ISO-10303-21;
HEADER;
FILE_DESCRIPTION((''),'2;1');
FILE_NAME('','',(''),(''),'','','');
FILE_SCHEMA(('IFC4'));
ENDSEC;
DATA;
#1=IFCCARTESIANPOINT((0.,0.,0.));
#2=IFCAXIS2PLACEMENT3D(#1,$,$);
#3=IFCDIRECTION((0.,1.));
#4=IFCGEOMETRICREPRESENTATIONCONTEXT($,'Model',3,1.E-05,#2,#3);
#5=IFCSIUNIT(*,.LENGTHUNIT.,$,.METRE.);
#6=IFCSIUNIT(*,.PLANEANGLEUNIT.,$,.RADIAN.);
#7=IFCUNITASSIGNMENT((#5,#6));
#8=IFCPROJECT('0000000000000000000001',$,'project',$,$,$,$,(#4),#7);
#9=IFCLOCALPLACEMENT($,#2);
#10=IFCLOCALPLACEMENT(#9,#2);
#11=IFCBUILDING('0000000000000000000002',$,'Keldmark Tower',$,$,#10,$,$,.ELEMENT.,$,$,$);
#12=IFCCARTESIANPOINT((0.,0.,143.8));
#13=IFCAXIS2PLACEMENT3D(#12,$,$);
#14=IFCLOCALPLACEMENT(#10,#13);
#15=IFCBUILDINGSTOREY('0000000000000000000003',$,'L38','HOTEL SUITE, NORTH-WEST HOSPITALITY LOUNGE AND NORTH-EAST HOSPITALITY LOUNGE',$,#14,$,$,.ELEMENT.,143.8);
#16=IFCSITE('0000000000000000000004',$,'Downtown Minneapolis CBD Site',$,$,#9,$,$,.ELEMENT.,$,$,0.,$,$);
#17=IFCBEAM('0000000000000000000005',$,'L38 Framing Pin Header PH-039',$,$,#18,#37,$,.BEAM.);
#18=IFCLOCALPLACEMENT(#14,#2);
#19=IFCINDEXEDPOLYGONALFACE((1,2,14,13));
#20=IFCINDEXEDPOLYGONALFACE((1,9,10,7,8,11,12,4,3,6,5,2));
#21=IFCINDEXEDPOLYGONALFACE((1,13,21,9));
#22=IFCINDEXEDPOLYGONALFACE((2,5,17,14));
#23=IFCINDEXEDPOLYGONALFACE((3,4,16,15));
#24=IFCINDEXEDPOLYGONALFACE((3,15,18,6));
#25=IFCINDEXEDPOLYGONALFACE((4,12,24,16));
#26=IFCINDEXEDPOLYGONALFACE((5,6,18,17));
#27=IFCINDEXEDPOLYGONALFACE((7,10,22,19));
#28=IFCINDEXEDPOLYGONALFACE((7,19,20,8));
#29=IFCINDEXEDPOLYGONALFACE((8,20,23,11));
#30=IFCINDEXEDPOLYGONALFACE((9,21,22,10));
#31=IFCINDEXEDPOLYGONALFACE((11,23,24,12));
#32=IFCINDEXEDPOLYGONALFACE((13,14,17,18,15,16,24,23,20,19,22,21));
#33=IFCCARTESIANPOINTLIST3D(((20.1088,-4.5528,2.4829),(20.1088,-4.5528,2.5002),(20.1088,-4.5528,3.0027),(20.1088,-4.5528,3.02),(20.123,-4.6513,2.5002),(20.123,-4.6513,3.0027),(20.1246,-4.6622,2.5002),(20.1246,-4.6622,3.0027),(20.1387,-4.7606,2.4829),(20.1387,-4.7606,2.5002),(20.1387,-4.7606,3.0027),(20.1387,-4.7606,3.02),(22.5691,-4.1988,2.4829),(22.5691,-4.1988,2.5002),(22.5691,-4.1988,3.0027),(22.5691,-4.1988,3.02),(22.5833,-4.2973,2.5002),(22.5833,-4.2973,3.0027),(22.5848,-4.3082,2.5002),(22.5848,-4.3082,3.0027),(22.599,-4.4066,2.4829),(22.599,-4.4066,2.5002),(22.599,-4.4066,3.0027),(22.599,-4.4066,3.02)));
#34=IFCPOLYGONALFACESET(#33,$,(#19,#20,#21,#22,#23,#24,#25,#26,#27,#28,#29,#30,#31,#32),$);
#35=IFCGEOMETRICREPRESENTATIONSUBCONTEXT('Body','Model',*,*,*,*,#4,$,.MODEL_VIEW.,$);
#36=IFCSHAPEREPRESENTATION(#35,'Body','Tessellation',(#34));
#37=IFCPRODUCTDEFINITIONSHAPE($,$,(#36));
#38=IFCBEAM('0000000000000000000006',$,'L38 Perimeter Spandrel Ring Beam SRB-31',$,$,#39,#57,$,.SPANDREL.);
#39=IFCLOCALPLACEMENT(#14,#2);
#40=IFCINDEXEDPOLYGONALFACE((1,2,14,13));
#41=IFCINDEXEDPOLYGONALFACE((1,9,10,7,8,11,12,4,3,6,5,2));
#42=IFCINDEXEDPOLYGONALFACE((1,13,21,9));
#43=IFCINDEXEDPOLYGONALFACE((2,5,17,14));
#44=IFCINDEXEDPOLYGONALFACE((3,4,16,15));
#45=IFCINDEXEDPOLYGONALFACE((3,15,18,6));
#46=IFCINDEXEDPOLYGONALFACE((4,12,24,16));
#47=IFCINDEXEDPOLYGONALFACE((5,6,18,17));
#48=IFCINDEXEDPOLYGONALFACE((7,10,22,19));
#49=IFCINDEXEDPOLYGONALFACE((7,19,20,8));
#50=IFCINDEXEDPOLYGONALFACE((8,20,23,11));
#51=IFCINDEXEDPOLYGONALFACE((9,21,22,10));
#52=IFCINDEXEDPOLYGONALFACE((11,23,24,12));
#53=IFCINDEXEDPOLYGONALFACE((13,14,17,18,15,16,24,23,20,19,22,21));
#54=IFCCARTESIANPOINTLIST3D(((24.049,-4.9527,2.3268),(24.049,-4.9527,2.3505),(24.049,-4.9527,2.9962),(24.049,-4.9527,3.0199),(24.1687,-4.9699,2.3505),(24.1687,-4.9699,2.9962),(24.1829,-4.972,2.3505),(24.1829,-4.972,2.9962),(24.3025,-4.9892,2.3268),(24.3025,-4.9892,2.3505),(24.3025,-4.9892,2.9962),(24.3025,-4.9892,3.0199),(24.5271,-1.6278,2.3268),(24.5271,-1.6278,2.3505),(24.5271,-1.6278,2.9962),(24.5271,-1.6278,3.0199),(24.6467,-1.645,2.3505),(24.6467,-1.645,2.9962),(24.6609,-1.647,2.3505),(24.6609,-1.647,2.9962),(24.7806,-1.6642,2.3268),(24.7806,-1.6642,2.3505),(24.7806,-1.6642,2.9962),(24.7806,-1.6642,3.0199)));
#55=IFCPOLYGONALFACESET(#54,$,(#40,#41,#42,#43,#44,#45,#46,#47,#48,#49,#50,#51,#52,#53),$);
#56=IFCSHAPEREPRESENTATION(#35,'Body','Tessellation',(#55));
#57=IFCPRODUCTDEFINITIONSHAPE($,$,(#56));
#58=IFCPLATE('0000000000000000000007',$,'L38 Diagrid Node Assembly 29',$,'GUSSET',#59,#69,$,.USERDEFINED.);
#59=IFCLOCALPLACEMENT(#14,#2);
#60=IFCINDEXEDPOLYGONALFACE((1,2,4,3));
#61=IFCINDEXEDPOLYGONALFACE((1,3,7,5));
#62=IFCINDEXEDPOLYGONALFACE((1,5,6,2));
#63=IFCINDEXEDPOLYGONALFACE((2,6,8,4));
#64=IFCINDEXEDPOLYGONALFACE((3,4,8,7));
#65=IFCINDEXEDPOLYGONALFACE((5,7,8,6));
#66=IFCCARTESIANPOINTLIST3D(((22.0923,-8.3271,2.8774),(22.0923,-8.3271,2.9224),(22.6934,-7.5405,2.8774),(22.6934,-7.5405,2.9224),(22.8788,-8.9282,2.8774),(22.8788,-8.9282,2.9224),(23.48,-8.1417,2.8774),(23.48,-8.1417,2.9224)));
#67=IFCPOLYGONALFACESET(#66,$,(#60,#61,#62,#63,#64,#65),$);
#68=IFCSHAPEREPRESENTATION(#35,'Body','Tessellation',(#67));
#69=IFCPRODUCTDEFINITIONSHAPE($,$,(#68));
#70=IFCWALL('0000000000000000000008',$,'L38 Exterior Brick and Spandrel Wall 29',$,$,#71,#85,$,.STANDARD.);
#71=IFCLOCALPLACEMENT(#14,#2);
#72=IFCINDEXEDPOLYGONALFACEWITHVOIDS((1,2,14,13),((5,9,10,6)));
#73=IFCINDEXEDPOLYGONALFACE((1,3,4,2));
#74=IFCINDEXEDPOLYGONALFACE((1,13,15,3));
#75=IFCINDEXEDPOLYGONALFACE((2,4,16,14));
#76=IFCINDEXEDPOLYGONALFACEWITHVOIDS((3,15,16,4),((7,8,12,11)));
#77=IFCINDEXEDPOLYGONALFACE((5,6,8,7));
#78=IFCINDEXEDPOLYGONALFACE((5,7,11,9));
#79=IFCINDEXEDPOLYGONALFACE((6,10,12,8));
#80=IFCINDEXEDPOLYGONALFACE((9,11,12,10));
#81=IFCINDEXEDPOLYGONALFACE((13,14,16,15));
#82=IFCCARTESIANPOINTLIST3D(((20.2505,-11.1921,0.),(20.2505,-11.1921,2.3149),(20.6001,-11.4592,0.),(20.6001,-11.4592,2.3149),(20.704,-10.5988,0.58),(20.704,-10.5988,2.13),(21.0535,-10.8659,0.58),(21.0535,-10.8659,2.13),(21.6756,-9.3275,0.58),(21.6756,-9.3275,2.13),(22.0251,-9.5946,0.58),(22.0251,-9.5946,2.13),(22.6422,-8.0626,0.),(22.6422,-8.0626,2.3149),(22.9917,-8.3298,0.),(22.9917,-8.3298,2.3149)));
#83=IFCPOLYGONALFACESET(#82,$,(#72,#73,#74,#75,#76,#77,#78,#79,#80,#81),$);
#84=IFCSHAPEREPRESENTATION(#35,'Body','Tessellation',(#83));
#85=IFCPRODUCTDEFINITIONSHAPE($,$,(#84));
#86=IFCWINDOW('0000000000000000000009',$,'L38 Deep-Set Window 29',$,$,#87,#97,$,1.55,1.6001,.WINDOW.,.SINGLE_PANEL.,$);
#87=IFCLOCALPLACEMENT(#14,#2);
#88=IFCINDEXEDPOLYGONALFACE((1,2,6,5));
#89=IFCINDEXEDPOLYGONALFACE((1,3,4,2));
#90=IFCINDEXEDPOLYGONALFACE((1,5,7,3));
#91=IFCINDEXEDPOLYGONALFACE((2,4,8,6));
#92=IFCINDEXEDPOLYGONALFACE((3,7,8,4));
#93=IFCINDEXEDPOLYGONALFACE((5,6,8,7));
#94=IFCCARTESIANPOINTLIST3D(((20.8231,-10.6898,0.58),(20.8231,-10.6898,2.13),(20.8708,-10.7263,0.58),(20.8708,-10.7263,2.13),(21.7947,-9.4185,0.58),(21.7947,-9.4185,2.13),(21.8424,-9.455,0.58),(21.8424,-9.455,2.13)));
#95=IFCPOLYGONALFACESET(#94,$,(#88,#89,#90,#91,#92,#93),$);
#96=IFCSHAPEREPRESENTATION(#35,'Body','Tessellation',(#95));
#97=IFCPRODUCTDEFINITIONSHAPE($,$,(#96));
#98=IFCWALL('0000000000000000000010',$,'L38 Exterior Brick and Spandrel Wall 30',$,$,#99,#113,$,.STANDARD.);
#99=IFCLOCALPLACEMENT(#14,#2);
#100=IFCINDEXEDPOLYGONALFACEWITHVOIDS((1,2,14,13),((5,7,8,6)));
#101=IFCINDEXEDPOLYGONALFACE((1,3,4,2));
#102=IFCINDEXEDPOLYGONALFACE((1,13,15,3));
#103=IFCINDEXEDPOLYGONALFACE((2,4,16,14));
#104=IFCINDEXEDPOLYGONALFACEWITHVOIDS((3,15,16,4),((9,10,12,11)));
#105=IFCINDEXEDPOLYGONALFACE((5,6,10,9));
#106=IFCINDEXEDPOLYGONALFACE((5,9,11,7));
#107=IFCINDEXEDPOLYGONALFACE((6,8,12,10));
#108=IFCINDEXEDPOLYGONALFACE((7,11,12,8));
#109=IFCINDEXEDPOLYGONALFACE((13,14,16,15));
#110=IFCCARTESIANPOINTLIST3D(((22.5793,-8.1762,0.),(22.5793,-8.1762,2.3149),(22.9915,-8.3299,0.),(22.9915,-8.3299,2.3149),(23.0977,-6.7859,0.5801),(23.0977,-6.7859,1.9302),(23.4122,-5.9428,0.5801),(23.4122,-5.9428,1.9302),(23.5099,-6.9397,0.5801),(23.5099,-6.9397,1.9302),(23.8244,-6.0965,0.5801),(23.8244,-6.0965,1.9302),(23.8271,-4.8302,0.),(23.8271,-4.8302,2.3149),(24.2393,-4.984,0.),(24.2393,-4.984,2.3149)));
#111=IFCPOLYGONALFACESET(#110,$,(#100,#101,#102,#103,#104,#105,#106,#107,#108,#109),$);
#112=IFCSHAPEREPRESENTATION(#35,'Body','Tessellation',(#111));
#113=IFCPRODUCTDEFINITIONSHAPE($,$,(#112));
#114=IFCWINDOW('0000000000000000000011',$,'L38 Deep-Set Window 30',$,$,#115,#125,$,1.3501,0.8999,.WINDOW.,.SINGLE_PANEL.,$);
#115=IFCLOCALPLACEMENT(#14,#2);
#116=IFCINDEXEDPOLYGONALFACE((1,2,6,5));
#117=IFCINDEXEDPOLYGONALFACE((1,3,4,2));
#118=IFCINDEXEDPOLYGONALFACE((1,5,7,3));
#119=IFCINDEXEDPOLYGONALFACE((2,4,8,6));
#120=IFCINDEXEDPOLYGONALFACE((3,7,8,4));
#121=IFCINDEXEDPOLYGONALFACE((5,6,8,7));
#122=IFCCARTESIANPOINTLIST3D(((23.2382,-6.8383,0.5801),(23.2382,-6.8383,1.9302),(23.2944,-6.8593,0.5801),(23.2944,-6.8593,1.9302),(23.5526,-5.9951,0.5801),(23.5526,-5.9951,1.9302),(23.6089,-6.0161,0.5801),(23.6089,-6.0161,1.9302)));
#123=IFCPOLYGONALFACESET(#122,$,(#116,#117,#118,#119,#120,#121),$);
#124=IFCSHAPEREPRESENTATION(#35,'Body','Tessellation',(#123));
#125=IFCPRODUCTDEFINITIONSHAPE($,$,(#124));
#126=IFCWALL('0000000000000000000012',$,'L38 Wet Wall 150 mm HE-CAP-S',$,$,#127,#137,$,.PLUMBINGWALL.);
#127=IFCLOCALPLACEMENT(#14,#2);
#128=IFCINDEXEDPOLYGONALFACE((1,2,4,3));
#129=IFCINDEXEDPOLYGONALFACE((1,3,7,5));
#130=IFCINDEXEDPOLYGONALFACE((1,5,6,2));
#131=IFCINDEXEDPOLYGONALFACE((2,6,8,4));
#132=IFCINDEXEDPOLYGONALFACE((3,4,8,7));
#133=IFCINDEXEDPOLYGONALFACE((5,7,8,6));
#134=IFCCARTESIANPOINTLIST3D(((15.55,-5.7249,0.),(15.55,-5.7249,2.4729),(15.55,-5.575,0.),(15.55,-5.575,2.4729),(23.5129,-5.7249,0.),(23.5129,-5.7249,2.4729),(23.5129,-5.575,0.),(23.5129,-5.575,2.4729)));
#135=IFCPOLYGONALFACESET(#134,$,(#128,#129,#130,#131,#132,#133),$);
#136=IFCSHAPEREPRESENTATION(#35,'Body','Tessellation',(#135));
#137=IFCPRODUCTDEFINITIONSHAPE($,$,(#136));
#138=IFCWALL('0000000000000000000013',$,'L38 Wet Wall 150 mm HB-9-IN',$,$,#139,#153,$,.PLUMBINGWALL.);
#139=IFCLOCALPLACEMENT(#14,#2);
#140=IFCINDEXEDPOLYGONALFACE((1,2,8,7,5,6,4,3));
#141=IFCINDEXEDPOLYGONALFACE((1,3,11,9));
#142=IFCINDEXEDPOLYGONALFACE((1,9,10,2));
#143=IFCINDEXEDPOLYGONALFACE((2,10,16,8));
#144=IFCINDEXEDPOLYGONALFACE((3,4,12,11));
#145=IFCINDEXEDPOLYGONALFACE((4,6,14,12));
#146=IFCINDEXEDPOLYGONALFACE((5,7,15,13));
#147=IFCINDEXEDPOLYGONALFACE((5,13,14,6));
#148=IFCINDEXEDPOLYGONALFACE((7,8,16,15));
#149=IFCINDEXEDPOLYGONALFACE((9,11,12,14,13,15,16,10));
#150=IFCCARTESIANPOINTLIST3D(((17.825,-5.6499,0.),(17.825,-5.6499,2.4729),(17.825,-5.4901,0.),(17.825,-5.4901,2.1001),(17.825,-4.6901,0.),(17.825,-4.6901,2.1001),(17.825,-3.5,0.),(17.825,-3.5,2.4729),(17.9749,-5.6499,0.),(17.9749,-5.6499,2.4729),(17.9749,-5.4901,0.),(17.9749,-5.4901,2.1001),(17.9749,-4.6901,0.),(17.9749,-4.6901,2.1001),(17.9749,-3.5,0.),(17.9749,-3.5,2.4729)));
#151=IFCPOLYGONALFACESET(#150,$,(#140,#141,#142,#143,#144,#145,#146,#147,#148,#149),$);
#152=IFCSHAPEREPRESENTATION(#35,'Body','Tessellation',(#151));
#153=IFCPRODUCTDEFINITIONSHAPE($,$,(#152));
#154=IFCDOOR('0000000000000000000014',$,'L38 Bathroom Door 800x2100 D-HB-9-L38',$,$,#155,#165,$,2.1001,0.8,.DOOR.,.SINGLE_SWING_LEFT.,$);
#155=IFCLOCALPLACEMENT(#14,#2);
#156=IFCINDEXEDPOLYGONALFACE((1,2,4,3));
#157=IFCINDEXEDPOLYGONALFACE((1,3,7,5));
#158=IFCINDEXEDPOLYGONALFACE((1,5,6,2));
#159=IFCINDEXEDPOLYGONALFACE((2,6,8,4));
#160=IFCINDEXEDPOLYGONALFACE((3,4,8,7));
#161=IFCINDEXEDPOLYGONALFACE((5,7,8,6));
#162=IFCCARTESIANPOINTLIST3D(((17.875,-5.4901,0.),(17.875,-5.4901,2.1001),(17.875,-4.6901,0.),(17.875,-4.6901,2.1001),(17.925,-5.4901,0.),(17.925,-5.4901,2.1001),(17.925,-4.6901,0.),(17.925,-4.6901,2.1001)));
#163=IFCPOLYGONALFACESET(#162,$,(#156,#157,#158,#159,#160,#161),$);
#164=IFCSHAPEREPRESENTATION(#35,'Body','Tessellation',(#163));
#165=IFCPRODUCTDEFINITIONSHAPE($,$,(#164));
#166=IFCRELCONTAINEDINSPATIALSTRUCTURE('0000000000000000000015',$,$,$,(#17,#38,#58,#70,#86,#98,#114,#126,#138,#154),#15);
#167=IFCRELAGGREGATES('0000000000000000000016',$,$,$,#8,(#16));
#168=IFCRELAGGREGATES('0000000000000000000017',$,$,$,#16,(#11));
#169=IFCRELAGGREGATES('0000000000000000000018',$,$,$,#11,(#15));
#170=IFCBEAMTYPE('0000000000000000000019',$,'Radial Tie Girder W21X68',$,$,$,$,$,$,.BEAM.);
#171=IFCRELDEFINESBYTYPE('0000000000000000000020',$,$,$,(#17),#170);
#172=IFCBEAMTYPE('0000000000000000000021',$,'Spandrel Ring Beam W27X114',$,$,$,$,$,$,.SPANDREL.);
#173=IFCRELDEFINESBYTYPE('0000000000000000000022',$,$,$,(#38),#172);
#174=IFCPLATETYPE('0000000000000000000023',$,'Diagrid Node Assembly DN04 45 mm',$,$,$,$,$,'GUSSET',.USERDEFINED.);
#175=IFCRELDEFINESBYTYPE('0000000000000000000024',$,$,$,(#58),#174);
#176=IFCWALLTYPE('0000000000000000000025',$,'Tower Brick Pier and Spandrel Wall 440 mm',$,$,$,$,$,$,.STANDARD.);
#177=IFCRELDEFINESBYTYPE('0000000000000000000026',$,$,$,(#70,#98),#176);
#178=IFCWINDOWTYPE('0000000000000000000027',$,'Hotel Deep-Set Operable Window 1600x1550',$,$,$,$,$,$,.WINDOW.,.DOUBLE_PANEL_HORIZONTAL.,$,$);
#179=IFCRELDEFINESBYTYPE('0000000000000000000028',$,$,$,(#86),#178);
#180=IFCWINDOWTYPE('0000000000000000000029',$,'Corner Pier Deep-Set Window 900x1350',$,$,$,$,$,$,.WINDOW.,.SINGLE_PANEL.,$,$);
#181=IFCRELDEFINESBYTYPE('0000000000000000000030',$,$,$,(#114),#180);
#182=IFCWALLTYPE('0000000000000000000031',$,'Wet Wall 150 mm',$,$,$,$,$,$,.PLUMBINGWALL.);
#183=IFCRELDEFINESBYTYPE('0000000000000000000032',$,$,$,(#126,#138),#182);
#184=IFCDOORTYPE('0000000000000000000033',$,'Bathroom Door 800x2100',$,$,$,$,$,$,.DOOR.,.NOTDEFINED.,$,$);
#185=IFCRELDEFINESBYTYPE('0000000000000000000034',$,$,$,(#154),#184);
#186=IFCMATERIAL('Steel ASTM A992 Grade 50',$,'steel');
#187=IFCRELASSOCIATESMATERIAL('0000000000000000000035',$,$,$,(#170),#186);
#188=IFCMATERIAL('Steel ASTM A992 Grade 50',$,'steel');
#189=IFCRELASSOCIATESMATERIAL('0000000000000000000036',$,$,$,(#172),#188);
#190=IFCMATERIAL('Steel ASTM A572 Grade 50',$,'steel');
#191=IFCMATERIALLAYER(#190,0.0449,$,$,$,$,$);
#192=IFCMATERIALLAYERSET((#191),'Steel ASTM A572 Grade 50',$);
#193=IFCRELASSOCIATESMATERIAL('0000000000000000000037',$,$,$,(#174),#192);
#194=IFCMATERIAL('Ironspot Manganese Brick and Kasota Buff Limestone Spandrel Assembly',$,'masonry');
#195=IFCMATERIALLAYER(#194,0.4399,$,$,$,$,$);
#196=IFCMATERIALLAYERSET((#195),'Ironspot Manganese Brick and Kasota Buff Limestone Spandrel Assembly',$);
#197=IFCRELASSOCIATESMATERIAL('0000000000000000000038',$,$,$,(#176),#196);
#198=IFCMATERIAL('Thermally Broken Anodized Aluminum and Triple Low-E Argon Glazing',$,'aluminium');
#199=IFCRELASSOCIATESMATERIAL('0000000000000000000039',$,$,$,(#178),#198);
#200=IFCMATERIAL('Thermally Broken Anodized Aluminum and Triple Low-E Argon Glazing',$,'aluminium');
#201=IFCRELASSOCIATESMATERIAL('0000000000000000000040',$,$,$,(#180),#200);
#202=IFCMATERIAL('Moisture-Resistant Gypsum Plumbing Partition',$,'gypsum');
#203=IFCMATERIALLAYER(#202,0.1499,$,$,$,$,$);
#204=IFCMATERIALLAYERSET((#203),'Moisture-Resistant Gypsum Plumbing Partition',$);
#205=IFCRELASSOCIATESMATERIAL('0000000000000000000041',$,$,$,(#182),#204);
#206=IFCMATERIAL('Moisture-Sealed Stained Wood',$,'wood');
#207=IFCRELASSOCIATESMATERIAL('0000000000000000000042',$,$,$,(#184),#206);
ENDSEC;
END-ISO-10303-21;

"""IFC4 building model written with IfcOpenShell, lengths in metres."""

from ifc_helpers import new_model, si_unit, direction, frame, frame_2d, origin, origin_2d, place, context, subcontext, project, spatial, rectangle, i_section, extrude, material, layer, layer_set, material_profile, profile_set, type_object, element, fill, save


model = new_model("IFC4")

# Units and contexts
model_context = context("Model", 3, precision=1e-05, world=origin(), true_north=direction((0.0, 1.0)))
body_context = subcontext(model_context, "Body", "Model", "MODEL_VIEW")
ifc_project = project(units=[si_unit("LENGTHUNIT", "METRE"), si_unit("PLANEANGLEUNIT", "RADIAN")], contexts=[model_context])

# Site, building, storey
site_placement = place(None, origin())
site = spatial("IfcSite", under=ifc_project, at=site_placement, Name="Downtown Minneapolis CBD Site", CompositionType="ELEMENT", RefElevation=0.0)
building_placement = place(site_placement, origin())
building = spatial("IfcBuilding", under=site, at=building_placement, Name="Keldmark Tower", CompositionType="ELEMENT")
storey_placement = place(building_placement, frame((0.0, 0.0, 143.8)))
storey = spatial("IfcBuildingStorey", under=building, at=storey_placement, Name="L38", Description="HOTEL SUITE, NORTH-WEST HOSPITALITY LOUNGE AND NORTH-EAST HOSPITALITY LOUNGE", CompositionType="ELEMENT", Elevation=143.8)

# Beams
ifc_material_1 = material(Name="Steel ASTM A992 Grade 50", Category="steel")
ifc_material_profile_1 = material_profile(ifc_material_1, i_section(OverallWidth=0.21, OverallDepth=0.5371, WebThickness=0.011, FlangeThickness=0.0173, at=origin_2d()), Name="W21X68")
ifc_profile_set_1 = profile_set([ifc_material_profile_1], Name="Steel ASTM A992 Grade 50")
beam_type_1 = type_object("IfcBeamType", Name="Radial Tie Girder W21X68", PredefinedType="BEAM", material=ifc_profile_set_1)
beam_1_placement = place(storey_placement, frame((20.1238, -4.6567, 2.7515), z_axis=(0.989806, 0.142425, 0.0), x_axis=(-0.142425, 0.989806, 0.0)))
element("IfcBeam", 1, at=beam_1_placement, inside=storey, type_object=beam_type_1, Name="L38 Framing Pin Header PH-039", PredefinedType="BEAM", context=body_context, shape_type="SweptSolid", body=[
    extrude(i_section(OverallWidth=0.21, OverallDepth=0.5371, WebThickness=0.011, FlangeThickness=0.0173, at=origin_2d()), origin(), (0.0, 0.0, 1.0), 2.4856),
])
ifc_material_2 = material(Name="Steel ASTM A992 Grade 50", Category="steel")
ifc_material_profile_2 = material_profile(ifc_material_2, i_section(OverallWidth=0.2561, OverallDepth=0.6931, WebThickness=0.0144, FlangeThickness=0.0237, at=origin_2d()), Name="W27X114")
ifc_profile_set_2 = profile_set([ifc_material_profile_2], Name="Steel ASTM A992 Grade 50")
beam_type_2 = type_object("IfcBeamType", Name="Spandrel Ring Beam W27X114", PredefinedType="SPANDREL", material=ifc_profile_set_2)
beam_2_placement = place(storey_placement, frame((24.1758, -4.9709, 2.6733), z_axis=(0.142307, 0.989823, 0.0), x_axis=(-0.989823, 0.142307, 0.0)))
element("IfcBeam", 2, at=beam_2_placement, inside=storey, type_object=beam_type_2, Name="L38 Perimeter Spandrel Ring Beam SRB-31", PredefinedType="SPANDREL", context=body_context, shape_type="SweptSolid", body=[
    extrude(i_section(OverallWidth=0.2561, OverallDepth=0.6931, WebThickness=0.0144, FlangeThickness=0.0237, at=origin_2d()), origin(), (0.0, 0.0, 1.0), 3.3591),
])

# Plate
ifc_material_3 = material(Name="Steel ASTM A572 Grade 50", Category="steel")
ifc_layer_1 = layer(ifc_material_3, 0.0449)
ifc_layer_set_1 = layer_set([ifc_layer_1], Name="Steel ASTM A572 Grade 50")
plate_type = type_object("IfcPlateType", Name="Diagrid Node Assembly DN04 45 mm", ElementType="GUSSET", PredefinedType="USERDEFINED", material=ifc_layer_set_1)
plate_placement = place(storey_placement, frame((22.7861, -8.2344, 2.8774), z_axis=(0.0, 0.0, 1.0), x_axis=(0.607237, 0.794521, 0.0)))
element("IfcPlate", 3, at=plate_placement, inside=storey, type_object=plate_type, Name="L38 Diagrid Node Assembly 29", ObjectType="GUSSET", PredefinedType="USERDEFINED", context=body_context, shape_type="SweptSolid", body=[
    extrude(rectangle(XDim=0.99, YDim=0.99, at=origin_2d()), origin(), (0.0, 0.0, 1.0), 0.0449),
])

# Walls, openings, windows
ifc_material_4 = material(Name="Ironspot Manganese Brick and Kasota Buff Limestone Spandrel Assembly", Category="masonry")
ifc_layer_2 = layer(ifc_material_4, 0.4399)
ifc_layer_set_2 = layer_set([ifc_layer_2], Name="Ironspot Manganese Brick and Kasota Buff Limestone Spandrel Assembly")
wall_type_1 = type_object("IfcWallType", Name="Tower Brick Pier and Spandrel Wall 440 mm", PredefinedType="STANDARD", material=ifc_layer_set_2)
wall_1_placement = place(storey_placement, frame((22.8169, -8.1963, 0.0), z_axis=(0.0, 0.0, 1.0), x_axis=(-0.607215, -0.794537, 0.0)))
wall_1 = element("IfcWall", 4, at=wall_1_placement, inside=storey, type_object=wall_type_1, Name="L38 Exterior Brick and Spandrel Wall 29", PredefinedType="STANDARD", context=body_context, shape_type="SweptSolid", body=[
    extrude(rectangle(XDim=3.9387, YDim=0.4399, at=frame_2d((1.9692, 0.0))), origin(), (0.0, 0.0, 1.0), 2.3149),
])
opening_1_placement = place(wall_1_placement, frame((1.5918, 0.0, 0.5801)))
opening_1 = element("IfcOpeningElement", 5, at=opening_1_placement, cuts=wall_1, PredefinedType="OPENING", context=body_context, shape_type="SweptSolid", body=[
    extrude(rectangle(XDim=1.6001, YDim=1.55, at=frame_2d((0.8, 0.7749))), frame((0.0, 0.23, 0.0), z_axis=(0.0, -1.0, 0.0), x_axis=(1.0, 0.0, 0.0)), (0.0, 0.0, 1.0), 0.46),
])
ifc_material_5 = material(Name="Thermally Broken Anodized Aluminum and Triple Low-E Argon Glazing", Category="aluminium")
window_type_1 = type_object("IfcWindowType", Name="Hotel Deep-Set Operable Window 1600x1550", PartitioningType="DOUBLE_PANEL_HORIZONTAL", PredefinedType="WINDOW", material=ifc_material_5)
window_1_placement = place(opening_1_placement, origin())
window_1 = element("IfcWindow", 6, at=window_1_placement, inside=storey, type_object=window_type_1, Name="L38 Deep-Set Window 29", OverallHeight=1.55, OverallWidth=1.6001, PartitioningType="SINGLE_PANEL", PredefinedType="WINDOW", context=body_context, shape_type="SweptSolid", body=[
    extrude(rectangle(XDim=1.6001, YDim=1.55, at=frame_2d((0.8, 0.7749))), frame((0.0, -0.01, 0.0), z_axis=(0.0, -1.0, 0.0), x_axis=(1.0, 0.0, 0.0)), (0.0, 0.0, 1.0), 0.0601),
])
fill(opening_1, window_1)
wall_2_placement = place(storey_placement, frame((24.0332, -4.907, 0.0), z_axis=(0.0, 0.0, 1.0), x_axis=(-0.349422, -0.936965, 0.0)))
wall_2 = element("IfcWall", 7, at=wall_2_placement, inside=storey, type_object=wall_type_1, Name="L38 Exterior Brick and Spandrel Wall 30", PredefinedType="STANDARD", context=body_context, shape_type="SweptSolid", body=[
    extrude(rectangle(XDim=3.571, YDim=0.4399, at=frame_2d((1.7856, 0.0))), origin(), (0.0, 0.0, 1.0), 2.3149),
])
opening_2_placement = place(wall_2_placement, frame((1.1875, 0.0, 0.5801)))
opening_2 = element("IfcOpeningElement", 8, at=opening_2_placement, cuts=wall_2, PredefinedType="OPENING", context=body_context, shape_type="SweptSolid", body=[
    extrude(rectangle(XDim=0.8999, YDim=1.3501, at=frame_2d((0.45, 0.675))), frame((0.0, 0.23, 0.0), z_axis=(0.0, -1.0, 0.0), x_axis=(1.0, 0.0, 0.0)), (0.0, 0.0, 1.0), 0.46),
])
ifc_material_6 = material(Name="Thermally Broken Anodized Aluminum and Triple Low-E Argon Glazing", Category="aluminium")
window_type_2 = type_object("IfcWindowType", Name="Corner Pier Deep-Set Window 900x1350", PartitioningType="SINGLE_PANEL", PredefinedType="WINDOW", material=ifc_material_6)
window_2_placement = place(opening_2_placement, origin())
window_2 = element("IfcWindow", 9, at=window_2_placement, inside=storey, type_object=window_type_2, Name="L38 Deep-Set Window 30", OverallHeight=1.3501, OverallWidth=0.8999, PartitioningType="SINGLE_PANEL", PredefinedType="WINDOW", context=body_context, shape_type="SweptSolid", body=[
    extrude(rectangle(XDim=0.8999, YDim=1.3501, at=frame_2d((0.45, 0.675))), frame((0.0, -0.01, 0.0), z_axis=(0.0, -1.0, 0.0), x_axis=(1.0, 0.0, 0.0)), (0.0, 0.0, 1.0), 0.0601),
])
fill(opening_2, window_2)

# Wall
ifc_material_7 = material(Name="Moisture-Resistant Gypsum Plumbing Partition", Category="gypsum")
ifc_layer_3 = layer(ifc_material_7, 0.1499)
ifc_layer_set_3 = layer_set([ifc_layer_3], Name="Moisture-Resistant Gypsum Plumbing Partition")
wall_type_2 = type_object("IfcWallType", Name="Wet Wall 150 mm", PredefinedType="PLUMBINGWALL", material=ifc_layer_set_3)
wall_3_placement = place(storey_placement, frame((15.55, -5.6499, 0.0), z_axis=(0.0, 0.0, 1.0), x_axis=(1.0, 0.0, 0.0)))
element("IfcWall", 10, at=wall_3_placement, inside=storey, type_object=wall_type_2, Name="L38 Wet Wall 150 mm HE-CAP-S", PredefinedType="PLUMBINGWALL", context=body_context, shape_type="SweptSolid", body=[
    extrude(rectangle(XDim=7.9629, YDim=0.1499, at=frame_2d((3.9814, 0.0))), origin(), (0.0, 0.0, 1.0), 2.4729),
])

# Wall, opening, door
wall_4_placement = place(storey_placement, frame((17.8999, -5.6499, 0.0), z_axis=(0.0, 0.0, 1.0), x_axis=(0.0, 1.0, 0.0)))
wall_4 = element("IfcWall", 11, at=wall_4_placement, inside=storey, type_object=wall_type_2, Name="L38 Wet Wall 150 mm HB-9-IN", PredefinedType="PLUMBINGWALL", context=body_context, shape_type="SweptSolid", body=[
    extrude(rectangle(XDim=2.1499, YDim=0.1499, at=frame_2d((1.075, 0.0))), origin(), (0.0, 0.0, 1.0), 2.4729),
])
opening_3_placement = place(wall_4_placement, frame((0.1599, 0.0, 0.0)))
opening_3 = element("IfcOpeningElement", 12, at=opening_3_placement, cuts=wall_4, PredefinedType="OPENING", context=body_context, shape_type="SweptSolid", body=[
    extrude(rectangle(XDim=0.8, YDim=2.1001, at=frame_2d((0.3999, 1.05))), frame((0.0, 0.085, 0.0), z_axis=(0.0, -1.0, 0.0), x_axis=(1.0, 0.0, 0.0)), (0.0, 0.0, 1.0), 0.1699),
])
ifc_material_8 = material(Name="Moisture-Sealed Stained Wood", Category="wood")
door_type = type_object("IfcDoorType", Name="Bathroom Door 800x2100", OperationType="NOTDEFINED", PredefinedType="DOOR", material=ifc_material_8)
door_placement = place(opening_3_placement, origin())
door = element("IfcDoor", 13, at=door_placement, inside=storey, type_object=door_type, Name="L38 Bathroom Door 800x2100 D-HB-9-L38", OperationType="SINGLE_SWING_LEFT", OverallHeight=2.1001, OverallWidth=0.8, PredefinedType="DOOR", context=body_context, shape_type="SweptSolid", body=[
    extrude(rectangle(XDim=0.8, YDim=2.1001, at=frame_2d((0.3999, 1.05))), frame((0.0, 0.0249, 0.0), z_axis=(0.0, -1.0, 0.0), x_axis=(1.0, 0.0, 0.0)), (0.0, 0.0, 1.0), 0.05),
])
fill(opening_3, door)

save(model, "model.ifc")
